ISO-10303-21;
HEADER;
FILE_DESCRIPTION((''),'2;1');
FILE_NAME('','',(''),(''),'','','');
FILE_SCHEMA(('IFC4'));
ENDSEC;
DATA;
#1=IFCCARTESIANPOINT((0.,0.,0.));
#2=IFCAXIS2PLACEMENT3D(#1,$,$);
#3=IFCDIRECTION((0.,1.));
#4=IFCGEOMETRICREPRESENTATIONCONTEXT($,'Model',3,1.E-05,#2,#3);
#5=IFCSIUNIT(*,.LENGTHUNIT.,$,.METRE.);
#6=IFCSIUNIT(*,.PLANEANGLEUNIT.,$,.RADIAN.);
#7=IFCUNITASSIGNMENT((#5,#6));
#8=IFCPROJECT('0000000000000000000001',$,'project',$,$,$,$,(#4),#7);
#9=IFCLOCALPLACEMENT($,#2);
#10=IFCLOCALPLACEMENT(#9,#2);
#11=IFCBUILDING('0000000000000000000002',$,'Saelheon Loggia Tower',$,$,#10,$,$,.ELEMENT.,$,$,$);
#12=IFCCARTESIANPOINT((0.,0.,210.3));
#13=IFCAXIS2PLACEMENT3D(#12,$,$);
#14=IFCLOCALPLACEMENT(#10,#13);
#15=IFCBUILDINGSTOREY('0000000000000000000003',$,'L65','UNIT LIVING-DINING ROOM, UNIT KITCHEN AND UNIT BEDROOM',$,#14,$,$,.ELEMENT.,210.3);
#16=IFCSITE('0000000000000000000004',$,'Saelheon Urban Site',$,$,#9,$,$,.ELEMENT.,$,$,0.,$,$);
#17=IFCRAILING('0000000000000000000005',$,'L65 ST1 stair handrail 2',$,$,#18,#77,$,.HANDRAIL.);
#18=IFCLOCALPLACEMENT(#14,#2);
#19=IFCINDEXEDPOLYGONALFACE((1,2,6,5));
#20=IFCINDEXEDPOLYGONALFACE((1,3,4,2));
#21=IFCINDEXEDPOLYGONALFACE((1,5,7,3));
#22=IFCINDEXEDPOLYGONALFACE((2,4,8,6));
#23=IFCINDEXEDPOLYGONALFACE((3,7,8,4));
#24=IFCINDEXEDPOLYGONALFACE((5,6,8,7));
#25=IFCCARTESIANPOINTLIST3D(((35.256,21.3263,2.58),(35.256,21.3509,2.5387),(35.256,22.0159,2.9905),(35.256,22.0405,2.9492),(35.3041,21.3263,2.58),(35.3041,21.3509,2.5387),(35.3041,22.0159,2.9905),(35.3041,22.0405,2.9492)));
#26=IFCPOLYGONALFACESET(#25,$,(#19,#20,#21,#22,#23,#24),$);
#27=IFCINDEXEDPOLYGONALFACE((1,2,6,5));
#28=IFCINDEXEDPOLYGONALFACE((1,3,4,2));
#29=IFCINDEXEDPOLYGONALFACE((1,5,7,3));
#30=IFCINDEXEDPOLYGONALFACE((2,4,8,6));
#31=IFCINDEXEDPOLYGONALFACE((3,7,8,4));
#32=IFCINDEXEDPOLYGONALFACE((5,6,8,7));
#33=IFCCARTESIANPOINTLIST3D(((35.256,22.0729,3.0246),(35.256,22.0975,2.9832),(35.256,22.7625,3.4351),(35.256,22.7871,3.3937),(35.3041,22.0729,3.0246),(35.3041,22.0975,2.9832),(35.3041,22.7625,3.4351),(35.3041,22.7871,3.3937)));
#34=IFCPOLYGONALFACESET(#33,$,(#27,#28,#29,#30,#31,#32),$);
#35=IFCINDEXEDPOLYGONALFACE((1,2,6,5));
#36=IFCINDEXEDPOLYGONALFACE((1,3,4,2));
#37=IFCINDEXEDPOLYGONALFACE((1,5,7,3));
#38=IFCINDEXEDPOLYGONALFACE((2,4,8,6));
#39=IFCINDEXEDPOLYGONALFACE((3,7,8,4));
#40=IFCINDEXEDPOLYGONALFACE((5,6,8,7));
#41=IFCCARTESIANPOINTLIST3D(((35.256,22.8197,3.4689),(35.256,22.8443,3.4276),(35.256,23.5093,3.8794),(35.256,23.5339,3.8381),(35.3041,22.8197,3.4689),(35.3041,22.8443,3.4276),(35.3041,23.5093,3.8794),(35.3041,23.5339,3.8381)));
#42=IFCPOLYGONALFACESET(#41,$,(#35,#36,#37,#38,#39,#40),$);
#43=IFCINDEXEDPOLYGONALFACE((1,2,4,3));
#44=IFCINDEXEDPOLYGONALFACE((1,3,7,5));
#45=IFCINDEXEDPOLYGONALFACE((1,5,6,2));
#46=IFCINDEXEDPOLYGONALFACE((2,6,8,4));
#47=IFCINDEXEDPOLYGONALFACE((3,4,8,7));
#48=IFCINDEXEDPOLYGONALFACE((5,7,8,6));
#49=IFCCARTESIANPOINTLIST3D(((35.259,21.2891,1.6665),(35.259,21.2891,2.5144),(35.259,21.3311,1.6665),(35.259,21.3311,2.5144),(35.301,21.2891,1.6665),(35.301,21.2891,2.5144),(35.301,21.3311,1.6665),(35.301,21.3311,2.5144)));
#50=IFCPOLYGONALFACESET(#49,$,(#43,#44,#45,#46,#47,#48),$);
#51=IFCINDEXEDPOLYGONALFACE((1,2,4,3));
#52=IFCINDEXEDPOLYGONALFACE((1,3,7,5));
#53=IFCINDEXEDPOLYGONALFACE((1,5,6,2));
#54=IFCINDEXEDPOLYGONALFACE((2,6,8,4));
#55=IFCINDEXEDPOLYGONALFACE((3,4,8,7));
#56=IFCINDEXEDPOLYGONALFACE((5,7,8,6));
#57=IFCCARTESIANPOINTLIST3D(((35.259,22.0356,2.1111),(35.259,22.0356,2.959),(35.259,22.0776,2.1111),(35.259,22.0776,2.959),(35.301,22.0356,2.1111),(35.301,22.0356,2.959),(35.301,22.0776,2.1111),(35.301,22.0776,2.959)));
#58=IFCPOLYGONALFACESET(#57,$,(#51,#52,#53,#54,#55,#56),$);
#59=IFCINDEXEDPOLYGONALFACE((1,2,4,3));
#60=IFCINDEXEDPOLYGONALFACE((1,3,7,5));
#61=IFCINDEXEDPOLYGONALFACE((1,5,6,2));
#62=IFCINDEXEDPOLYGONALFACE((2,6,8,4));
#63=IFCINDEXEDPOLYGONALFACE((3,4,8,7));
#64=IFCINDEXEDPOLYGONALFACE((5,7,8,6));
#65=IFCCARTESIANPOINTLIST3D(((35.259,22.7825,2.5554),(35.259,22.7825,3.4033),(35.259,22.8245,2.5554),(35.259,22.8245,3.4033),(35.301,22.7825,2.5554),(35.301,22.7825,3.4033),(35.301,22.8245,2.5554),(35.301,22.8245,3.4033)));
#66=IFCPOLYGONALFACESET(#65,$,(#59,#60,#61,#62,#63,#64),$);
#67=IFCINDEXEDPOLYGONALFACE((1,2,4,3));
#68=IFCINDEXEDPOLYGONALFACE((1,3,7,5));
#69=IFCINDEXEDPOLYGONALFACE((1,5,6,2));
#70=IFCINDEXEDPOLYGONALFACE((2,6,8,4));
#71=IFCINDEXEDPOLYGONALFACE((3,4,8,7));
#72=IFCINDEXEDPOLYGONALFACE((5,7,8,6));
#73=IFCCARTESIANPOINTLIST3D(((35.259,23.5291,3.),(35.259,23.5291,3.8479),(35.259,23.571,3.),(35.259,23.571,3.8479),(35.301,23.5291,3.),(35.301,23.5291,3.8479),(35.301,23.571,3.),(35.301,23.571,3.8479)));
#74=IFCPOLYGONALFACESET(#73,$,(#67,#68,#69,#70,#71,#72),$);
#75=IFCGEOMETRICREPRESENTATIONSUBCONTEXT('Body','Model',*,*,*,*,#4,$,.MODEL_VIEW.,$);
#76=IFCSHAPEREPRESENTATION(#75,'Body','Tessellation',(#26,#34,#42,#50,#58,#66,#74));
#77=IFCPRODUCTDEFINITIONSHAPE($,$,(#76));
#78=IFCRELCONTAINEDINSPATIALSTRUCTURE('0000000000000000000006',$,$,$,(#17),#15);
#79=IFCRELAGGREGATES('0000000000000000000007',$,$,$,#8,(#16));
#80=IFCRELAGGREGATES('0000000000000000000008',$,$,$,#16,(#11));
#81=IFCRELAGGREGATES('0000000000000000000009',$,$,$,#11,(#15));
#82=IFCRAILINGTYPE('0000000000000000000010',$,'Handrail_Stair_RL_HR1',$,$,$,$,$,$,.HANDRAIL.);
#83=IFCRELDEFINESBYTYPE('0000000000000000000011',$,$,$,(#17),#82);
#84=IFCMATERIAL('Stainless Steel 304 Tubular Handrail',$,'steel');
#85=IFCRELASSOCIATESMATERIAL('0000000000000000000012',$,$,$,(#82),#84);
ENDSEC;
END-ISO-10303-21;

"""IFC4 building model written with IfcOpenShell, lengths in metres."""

from ifc_helpers import new_model, si_unit, direction, frame, origin, origin_2d, place, context, subcontext, project, spatial, rectangle, extrude, material, type_object, element, save


model = new_model("IFC4")

# Units and contexts
model_context = context("Model", 3, precision=1e-05, world=origin(), true_north=direction((0.0, 1.0)))
body_context = subcontext(model_context, "Body", "Model", "MODEL_VIEW")
ifc_project = project(units=[si_unit("LENGTHUNIT", "METRE"), si_unit("PLANEANGLEUNIT", "RADIAN")], contexts=[model_context])

# Site, building, storey
site_placement = place(None, origin())
site = spatial("IfcSite", under=ifc_project, at=site_placement, Name="Saelheon Urban Site", CompositionType="ELEMENT", RefElevation=0.0)
building_placement = place(site_placement, origin())
building = spatial("IfcBuilding", under=site, at=building_placement, Name="Saelheon Loggia Tower", CompositionType="ELEMENT")
storey_placement = place(building_placement, frame((0.0, 0.0, 210.3)))
storey = spatial("IfcBuildingStorey", under=building, at=storey_placement, Name="L65", Description="UNIT LIVING-DINING ROOM, UNIT KITCHEN AND UNIT BEDROOM", CompositionType="ELEMENT", Elevation=210.3)

# Railing
ifc_material_1 = material(Name="Stainless Steel 304 Tubular Handrail", Category="steel")
railing_type_1 = type_object("IfcRailingType", Name="Handrail_Stair_RL_HR1", PredefinedType="HANDRAIL", material=ifc_material_1)
railing_1_placement = place(storey_placement, frame((35.28, 21.3101, 1.6665)))
element("IfcRailing", 1, at=railing_1_placement, inside=storey, type_object=railing_type_1, Name="L65 ST1 stair handrail 2", PredefinedType="HANDRAIL", context=body_context, shape_type="SweptSolid", body=[
    extrude(rectangle(XDim=0.0481, YDim=0.0481, at=origin_2d()), frame((0.0, 0.0286, 0.8928), z_axis=(0.0, 0.859264, 0.511532), x_axis=(-1.0, 0.0, 0.0)), (0.0, 0.0, 1.0), 0.8025),
    extrude(rectangle(XDim=0.0481, YDim=0.0481, at=origin_2d()), frame((0.0, 0.7751, 1.3374), z_axis=(0.0, 0.859264, 0.511532), x_axis=(-1.0, 0.0, 0.0)), (0.0, 0.0, 1.0), 0.8025),
    extrude(rectangle(XDim=0.0481, YDim=0.0481, at=origin_2d()), frame((0.0, 1.522, 1.7817), z_axis=(0.0, 0.859264, 0.511532), x_axis=(-1.0, 0.0, 0.0)), (0.0, 0.0, 1.0), 0.8025),
    extrude(rectangle(XDim=0.042, YDim=0.042, at=origin_2d()), origin(), (0.0, 0.0, 1.0), 0.8479),
    extrude(rectangle(XDim=0.042, YDim=0.042, at=origin_2d()), frame((0.0, 0.7466, 0.4446)), (0.0, 0.0, 1.0), 0.8479),
    extrude(rectangle(XDim=0.042, YDim=0.042, at=origin_2d()), frame((0.0, 1.4934, 0.8889)), (0.0, 0.0, 1.0), 0.8479),
    extrude(rectangle(XDim=0.042, YDim=0.042, at=origin_2d()), frame((0.0, 2.24, 1.3335)), (0.0, 0.0, 1.0), 0.8479),
])

save(model, "model.ifc")
